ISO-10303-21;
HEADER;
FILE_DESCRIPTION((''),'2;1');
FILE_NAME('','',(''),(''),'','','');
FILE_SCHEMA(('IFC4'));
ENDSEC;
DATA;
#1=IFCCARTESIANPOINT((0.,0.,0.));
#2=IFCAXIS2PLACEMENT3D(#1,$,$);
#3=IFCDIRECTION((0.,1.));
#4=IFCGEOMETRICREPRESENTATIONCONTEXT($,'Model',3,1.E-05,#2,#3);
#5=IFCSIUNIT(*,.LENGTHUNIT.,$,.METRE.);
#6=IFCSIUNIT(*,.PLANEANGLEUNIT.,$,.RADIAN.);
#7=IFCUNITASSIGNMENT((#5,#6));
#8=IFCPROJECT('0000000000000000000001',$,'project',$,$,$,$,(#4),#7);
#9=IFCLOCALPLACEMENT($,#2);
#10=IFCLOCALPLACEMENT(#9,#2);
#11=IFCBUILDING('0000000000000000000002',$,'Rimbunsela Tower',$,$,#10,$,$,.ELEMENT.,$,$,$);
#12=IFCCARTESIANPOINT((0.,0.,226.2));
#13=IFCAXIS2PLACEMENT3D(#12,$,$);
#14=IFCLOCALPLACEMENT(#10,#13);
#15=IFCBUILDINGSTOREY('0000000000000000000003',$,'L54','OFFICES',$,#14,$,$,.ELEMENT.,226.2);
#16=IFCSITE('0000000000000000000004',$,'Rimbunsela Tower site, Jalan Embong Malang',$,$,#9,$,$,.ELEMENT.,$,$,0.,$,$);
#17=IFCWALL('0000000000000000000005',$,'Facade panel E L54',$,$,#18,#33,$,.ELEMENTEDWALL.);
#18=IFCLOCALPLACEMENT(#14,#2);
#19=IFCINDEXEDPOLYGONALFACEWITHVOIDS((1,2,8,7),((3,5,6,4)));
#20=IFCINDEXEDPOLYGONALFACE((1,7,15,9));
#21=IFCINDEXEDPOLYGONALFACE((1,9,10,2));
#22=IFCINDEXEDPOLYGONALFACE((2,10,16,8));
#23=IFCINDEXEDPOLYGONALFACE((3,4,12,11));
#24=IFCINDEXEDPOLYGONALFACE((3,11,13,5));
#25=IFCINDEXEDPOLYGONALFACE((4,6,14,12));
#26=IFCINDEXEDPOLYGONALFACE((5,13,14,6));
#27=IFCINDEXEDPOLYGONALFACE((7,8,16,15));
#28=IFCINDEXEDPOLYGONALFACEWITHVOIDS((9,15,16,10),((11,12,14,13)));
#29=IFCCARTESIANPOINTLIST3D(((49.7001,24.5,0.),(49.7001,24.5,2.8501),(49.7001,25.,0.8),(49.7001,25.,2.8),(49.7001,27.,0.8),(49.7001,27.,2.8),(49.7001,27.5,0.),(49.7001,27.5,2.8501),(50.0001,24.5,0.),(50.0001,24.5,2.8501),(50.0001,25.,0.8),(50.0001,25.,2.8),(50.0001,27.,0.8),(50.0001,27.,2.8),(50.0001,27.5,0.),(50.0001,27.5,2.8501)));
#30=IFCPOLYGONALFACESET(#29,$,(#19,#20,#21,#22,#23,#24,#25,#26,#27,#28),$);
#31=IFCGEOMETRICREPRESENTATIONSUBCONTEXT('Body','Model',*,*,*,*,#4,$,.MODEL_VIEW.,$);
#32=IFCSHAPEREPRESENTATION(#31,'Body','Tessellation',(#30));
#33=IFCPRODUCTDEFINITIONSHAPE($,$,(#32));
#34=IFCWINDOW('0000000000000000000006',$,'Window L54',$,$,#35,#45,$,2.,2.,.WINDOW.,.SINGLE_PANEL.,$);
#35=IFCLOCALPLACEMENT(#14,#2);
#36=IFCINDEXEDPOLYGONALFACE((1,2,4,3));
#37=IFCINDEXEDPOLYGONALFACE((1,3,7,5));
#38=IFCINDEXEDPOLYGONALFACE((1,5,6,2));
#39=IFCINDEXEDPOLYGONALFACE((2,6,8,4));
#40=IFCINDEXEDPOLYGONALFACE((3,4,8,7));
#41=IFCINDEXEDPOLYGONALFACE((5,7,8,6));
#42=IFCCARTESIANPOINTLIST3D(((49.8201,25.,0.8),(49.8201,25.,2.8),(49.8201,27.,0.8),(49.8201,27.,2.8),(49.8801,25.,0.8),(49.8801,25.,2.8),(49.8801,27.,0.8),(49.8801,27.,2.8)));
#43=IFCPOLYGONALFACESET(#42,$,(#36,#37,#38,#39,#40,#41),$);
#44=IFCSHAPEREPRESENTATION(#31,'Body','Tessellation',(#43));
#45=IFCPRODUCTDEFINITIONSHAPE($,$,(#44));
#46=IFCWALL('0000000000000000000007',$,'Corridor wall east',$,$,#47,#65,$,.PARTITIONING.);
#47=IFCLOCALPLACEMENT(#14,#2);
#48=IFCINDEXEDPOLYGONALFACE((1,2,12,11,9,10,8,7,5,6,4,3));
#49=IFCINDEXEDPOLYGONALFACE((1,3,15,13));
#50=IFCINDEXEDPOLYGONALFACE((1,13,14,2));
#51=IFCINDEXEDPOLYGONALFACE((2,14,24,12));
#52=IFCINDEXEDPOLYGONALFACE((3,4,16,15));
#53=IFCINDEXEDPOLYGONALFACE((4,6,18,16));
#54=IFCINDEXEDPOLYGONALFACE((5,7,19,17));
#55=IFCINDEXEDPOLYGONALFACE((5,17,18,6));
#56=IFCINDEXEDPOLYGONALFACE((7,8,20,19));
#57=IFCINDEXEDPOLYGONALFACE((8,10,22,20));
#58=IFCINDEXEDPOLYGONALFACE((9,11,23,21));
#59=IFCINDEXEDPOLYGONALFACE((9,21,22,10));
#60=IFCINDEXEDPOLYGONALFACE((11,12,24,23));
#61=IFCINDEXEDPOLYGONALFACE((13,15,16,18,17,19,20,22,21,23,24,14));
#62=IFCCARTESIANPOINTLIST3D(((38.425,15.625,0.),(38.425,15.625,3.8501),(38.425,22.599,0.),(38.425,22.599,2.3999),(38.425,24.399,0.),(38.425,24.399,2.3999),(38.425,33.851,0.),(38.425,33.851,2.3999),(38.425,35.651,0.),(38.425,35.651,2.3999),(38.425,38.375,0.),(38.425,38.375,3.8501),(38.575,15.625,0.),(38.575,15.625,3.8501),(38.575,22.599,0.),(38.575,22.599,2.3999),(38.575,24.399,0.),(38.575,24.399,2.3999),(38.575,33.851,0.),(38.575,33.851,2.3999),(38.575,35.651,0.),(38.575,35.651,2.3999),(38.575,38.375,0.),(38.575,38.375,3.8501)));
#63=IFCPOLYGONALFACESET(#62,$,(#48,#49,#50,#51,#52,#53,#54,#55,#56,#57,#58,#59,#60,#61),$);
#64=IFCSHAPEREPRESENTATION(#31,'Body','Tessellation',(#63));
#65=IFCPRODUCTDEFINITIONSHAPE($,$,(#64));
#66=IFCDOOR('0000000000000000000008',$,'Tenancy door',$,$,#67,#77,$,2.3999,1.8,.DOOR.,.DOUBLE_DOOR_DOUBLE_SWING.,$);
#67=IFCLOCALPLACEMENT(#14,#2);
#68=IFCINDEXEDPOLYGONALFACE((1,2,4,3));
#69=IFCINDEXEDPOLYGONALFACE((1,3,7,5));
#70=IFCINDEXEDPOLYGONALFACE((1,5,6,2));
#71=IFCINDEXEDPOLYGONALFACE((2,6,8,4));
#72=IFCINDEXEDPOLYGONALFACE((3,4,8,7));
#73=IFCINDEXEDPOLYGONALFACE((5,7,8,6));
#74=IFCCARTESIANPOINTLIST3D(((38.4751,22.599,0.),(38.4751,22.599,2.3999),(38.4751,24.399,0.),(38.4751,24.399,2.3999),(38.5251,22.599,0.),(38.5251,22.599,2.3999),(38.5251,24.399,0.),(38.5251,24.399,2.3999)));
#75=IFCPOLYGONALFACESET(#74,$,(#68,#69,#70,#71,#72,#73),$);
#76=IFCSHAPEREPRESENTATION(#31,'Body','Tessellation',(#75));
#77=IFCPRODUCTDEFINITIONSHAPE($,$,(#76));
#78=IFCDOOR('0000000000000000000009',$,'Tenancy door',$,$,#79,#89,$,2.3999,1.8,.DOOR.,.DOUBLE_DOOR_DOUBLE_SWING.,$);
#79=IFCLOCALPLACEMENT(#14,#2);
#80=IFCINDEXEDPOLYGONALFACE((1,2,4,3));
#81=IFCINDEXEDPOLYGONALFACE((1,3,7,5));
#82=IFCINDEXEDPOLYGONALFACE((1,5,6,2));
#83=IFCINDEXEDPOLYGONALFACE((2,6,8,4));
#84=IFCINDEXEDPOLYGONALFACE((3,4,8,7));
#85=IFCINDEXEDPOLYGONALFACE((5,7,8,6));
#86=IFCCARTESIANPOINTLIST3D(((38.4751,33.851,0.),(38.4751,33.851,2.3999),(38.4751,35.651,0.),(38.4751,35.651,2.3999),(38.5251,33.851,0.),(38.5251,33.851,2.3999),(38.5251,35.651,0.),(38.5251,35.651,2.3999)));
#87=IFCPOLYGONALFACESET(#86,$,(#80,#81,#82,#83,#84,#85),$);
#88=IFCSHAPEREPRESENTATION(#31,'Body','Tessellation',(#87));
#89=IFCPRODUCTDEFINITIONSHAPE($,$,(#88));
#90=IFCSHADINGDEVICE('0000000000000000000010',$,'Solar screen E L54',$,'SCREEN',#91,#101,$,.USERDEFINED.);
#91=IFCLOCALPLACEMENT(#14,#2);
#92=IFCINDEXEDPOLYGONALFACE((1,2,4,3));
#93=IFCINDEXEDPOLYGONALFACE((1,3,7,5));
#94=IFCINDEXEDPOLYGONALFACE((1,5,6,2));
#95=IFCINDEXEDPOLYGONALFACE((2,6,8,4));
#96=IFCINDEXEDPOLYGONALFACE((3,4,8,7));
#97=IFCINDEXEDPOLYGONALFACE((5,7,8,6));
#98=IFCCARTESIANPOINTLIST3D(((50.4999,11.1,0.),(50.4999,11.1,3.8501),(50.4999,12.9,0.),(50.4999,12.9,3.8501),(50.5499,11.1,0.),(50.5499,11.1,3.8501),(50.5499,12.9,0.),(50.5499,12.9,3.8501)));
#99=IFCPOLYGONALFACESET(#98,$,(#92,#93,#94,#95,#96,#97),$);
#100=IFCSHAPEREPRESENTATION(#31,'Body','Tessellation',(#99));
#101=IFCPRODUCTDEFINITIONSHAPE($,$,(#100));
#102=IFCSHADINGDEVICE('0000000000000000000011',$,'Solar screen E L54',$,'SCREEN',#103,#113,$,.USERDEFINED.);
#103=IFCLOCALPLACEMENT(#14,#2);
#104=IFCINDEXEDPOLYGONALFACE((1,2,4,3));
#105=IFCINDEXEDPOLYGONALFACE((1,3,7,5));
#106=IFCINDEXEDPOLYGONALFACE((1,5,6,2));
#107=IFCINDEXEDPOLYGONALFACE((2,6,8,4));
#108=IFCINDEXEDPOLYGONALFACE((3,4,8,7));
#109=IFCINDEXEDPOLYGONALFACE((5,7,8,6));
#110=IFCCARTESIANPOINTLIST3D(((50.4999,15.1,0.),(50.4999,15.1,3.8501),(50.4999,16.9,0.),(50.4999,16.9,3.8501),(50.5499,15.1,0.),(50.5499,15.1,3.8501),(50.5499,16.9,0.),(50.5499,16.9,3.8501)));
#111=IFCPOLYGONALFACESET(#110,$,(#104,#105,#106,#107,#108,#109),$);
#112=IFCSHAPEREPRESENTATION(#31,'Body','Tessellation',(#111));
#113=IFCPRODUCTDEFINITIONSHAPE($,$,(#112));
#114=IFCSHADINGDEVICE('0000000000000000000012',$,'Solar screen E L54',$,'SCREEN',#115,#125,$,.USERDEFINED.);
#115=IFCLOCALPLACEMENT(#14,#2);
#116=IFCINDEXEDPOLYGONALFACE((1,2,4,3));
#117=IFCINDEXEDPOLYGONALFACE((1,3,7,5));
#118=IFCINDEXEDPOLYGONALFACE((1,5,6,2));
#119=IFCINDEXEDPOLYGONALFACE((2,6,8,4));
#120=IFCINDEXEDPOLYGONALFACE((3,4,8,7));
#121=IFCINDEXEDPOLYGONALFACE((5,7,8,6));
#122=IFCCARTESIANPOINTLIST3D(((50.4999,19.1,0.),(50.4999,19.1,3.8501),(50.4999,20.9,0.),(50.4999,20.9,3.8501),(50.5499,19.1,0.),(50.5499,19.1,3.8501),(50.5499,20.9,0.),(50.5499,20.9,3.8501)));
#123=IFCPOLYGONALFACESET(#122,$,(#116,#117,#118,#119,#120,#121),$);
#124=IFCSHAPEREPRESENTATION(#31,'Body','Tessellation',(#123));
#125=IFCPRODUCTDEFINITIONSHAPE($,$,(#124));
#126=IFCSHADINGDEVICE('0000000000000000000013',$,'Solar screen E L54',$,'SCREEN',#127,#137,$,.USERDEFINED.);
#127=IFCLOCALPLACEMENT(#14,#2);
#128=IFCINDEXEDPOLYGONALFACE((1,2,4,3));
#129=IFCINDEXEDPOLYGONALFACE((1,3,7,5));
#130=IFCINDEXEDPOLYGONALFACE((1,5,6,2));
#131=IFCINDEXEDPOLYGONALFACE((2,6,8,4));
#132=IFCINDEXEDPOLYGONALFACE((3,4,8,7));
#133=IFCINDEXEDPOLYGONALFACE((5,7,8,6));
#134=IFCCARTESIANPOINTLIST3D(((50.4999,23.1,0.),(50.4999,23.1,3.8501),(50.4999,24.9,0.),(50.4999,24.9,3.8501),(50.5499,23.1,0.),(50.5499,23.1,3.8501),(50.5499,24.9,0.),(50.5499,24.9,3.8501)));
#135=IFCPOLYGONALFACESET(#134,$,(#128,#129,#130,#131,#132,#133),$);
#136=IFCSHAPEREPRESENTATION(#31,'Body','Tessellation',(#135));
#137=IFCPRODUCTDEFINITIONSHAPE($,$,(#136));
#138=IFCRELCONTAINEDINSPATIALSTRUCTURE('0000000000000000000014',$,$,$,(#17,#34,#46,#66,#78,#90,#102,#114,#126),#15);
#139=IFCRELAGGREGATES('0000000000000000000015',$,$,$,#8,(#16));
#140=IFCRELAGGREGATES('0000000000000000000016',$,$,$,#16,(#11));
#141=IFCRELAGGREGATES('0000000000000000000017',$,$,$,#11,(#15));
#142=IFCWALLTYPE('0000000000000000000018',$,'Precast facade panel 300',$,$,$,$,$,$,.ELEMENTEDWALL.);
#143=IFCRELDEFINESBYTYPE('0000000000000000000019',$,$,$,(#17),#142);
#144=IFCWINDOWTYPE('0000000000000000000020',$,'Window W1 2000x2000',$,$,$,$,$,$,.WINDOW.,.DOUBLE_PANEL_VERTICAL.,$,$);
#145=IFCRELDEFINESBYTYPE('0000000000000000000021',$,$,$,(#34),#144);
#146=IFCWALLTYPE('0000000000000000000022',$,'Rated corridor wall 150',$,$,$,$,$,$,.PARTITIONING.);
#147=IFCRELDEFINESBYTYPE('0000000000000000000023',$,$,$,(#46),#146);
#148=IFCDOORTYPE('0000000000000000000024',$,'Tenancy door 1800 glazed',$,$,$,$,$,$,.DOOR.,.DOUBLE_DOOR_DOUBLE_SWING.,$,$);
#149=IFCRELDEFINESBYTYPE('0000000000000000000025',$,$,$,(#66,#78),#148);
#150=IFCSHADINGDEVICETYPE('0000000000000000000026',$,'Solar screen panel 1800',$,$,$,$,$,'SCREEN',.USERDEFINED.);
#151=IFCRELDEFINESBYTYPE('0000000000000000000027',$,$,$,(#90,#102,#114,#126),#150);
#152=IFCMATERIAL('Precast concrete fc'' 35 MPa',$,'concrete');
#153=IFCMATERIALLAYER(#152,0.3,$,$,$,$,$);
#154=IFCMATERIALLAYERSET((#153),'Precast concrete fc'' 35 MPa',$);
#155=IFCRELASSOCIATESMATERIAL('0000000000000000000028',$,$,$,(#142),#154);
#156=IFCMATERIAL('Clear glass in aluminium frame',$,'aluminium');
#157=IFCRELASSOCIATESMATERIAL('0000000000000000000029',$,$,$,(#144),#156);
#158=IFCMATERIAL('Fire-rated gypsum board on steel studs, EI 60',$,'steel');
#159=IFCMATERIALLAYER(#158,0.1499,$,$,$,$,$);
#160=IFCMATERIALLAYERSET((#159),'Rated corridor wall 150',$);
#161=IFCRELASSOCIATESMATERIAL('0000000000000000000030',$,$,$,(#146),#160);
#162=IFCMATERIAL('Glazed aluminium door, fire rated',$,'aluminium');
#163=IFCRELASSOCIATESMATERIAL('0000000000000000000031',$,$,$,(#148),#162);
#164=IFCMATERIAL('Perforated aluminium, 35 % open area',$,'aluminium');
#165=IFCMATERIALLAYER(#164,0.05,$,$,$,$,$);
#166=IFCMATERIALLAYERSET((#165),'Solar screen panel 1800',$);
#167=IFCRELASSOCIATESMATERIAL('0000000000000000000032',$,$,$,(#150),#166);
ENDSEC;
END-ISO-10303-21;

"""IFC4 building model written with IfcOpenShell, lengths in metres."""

from ifc_helpers import new_model, si_unit, direction, frame, frame_2d, origin, origin_2d, place, context, subcontext, project, spatial, rectangle, extrude, material, layer, layer_set, type_object, element, fill, save


model = new_model("IFC4")

# Units and contexts
model_context = context("Model", 3, precision=1e-05, world=origin(), true_north=direction((0.0, 1.0)))
body_context = subcontext(model_context, "Body", "Model", "MODEL_VIEW")
ifc_project = project(units=[si_unit("LENGTHUNIT", "METRE"), si_unit("PLANEANGLEUNIT", "RADIAN")], contexts=[model_context])

# Site, building, storey
site_placement = place(None, origin())
site = spatial("IfcSite", under=ifc_project, at=site_placement, Name="Rimbunsela Tower site, Jalan Embong Malang", CompositionType="ELEMENT", RefElevation=0.0)
building_placement = place(site_placement, origin())
building = spatial("IfcBuilding", under=site, at=building_placement, Name="Rimbunsela Tower", CompositionType="ELEMENT")
storey_placement = place(building_placement, frame((0.0, 0.0, 226.2)))
storey = spatial("IfcBuildingStorey", under=building, at=storey_placement, Name="L54", Description="OFFICES", CompositionType="ELEMENT", Elevation=226.2)

# Wall, opening, window
ifc_material_1 = material(Name="Precast concrete fc' 35 MPa", Category="concrete")
ifc_layer_1 = layer(ifc_material_1, 0.3)
ifc_layer_set_1 = layer_set([ifc_layer_1], Name="Precast concrete fc' 35 MPa")
wall_type_1 = type_object("IfcWallType", Name="Precast facade panel 300", PredefinedType="ELEMENTEDWALL", material=ifc_layer_set_1)
ifc_material_2 = material(Name="Clear glass in aluminium frame", Category="aluminium")
window_type = type_object("IfcWindowType", Name="Window W1 2000x2000", PartitioningType="DOUBLE_PANEL_VERTICAL", PredefinedType="WINDOW", material=ifc_material_2)
wall_1_placement = place(storey_placement, frame((49.8501, 24.5, 0.0), z_axis=(0.0, 0.0, 1.0), x_axis=(0.0, 1.0, 0.0)))
wall_1 = element("IfcWall", 1, at=wall_1_placement, inside=storey, type_object=wall_type_1, Name="Facade panel E L54", PredefinedType="ELEMENTEDWALL", context=body_context, shape_type="SweptSolid", body=[
    extrude(rectangle(XDim=3.0, YDim=0.3, at=frame_2d((1.5, 0.0))), origin(), (0.0, 0.0, 1.0), 2.8501),
])
opening_1_placement = place(wall_1_placement, frame((0.5, 0.0, 0.8)))
opening_1 = element("IfcOpeningElement", 2, at=opening_1_placement, cuts=wall_1, PredefinedType="OPENING", context=body_context, shape_type="SweptSolid", body=[
    extrude(rectangle(XDim=2.0, YDim=2.0, at=frame_2d((1.0, 1.0))), frame((0.0, 0.1599, 0.0), z_axis=(0.0, -1.0, 0.0), x_axis=(1.0, 0.0, 0.0)), (0.0, 0.0, 1.0), 0.3201),
])
window_1_placement = place(opening_1_placement, origin())
window_1 = element("IfcWindow", 3, at=window_1_placement, inside=storey, type_object=window_type, Name="Window L54", OverallHeight=2.0, OverallWidth=2.0, PartitioningType="SINGLE_PANEL", PredefinedType="WINDOW", context=body_context, shape_type="SweptSolid", body=[
    extrude(rectangle(XDim=2.0, YDim=2.0, at=frame_2d((1.0, 1.0))), frame((0.0, 0.03, 0.0), z_axis=(0.0, -1.0, 0.0), x_axis=(1.0, 0.0, 0.0)), (0.0, 0.0, 1.0), 0.0601),
])
fill(opening_1, window_1)

# Wall, openings, doors
ifc_material_3 = material(Name="Fire-rated gypsum board on steel studs, EI 60", Category="steel")
ifc_layer_2 = layer(ifc_material_3, 0.1499)
ifc_layer_set_2 = layer_set([ifc_layer_2], Name="Rated corridor wall 150")
wall_type_2 = type_object("IfcWallType", Name="Rated corridor wall 150", PredefinedType="PARTITIONING", material=ifc_layer_set_2)
wall_2_placement = place(storey_placement, frame((38.5, 15.625, 0.0), z_axis=(0.0, 0.0, 1.0), x_axis=(0.0, 1.0, 0.0)))
wall_2 = element("IfcWall", 4, at=wall_2_placement, inside=storey, type_object=wall_type_2, Name="Corridor wall east", PredefinedType="PARTITIONING", context=body_context, shape_type="SweptSolid", body=[
    extrude(rectangle(XDim=22.75, YDim=0.1499, at=frame_2d((11.375, 0.0))), origin(), (0.0, 0.0, 1.0), 3.8501),
])
opening_2_placement = place(wall_2_placement, frame((6.9741, 0.0, 0.0)))
opening_2 = element("IfcOpeningElement", 5, at=opening_2_placement, cuts=wall_2, PredefinedType="OPENING", context=body_context, shape_type="SweptSolid", body=[
    extrude(rectangle(XDim=1.8, YDim=2.3999, at=frame_2d((0.8999, 1.2))), frame((0.0, 0.085, 0.0), z_axis=(0.0, -1.0, 0.0), x_axis=(1.0, 0.0, 0.0)), (0.0, 0.0, 1.0), 0.1699),
])
opening_3_placement = place(wall_2_placement, frame((18.2261, 0.0, 0.0)))
opening_3 = element("IfcOpeningElement", 6, at=opening_3_placement, cuts=wall_2, PredefinedType="OPENING", context=body_context, shape_type="SweptSolid", body=[
    extrude(rectangle(XDim=1.8, YDim=2.3999, at=frame_2d((0.8999, 1.2))), frame((0.0, 0.085, 0.0), z_axis=(0.0, -1.0, 0.0), x_axis=(1.0, 0.0, 0.0)), (0.0, 0.0, 1.0), 0.1699),
])
ifc_material_4 = material(Name="Glazed aluminium door, fire rated", Category="aluminium")
door_type_1 = type_object("IfcDoorType", Name="Tenancy door 1800 glazed", OperationType="DOUBLE_DOOR_DOUBLE_SWING", PredefinedType="DOOR", material=ifc_material_4)
door_1_placement = place(opening_2_placement, origin())
door_1 = element("IfcDoor", 7, at=door_1_placement, inside=storey, type_object=door_type_1, Name="Tenancy door", OperationType="DOUBLE_DOOR_DOUBLE_SWING", OverallHeight=2.3999, OverallWidth=1.8, PredefinedType="DOOR", context=body_context, shape_type="SweptSolid", body=[
    extrude(rectangle(XDim=1.8, YDim=2.3999, at=frame_2d((0.8999, 1.2))), frame((0.0, 0.0249, 0.0), z_axis=(0.0, -1.0, 0.0), x_axis=(1.0, 0.0, 0.0)), (0.0, 0.0, 1.0), 0.05),
])
fill(opening_2, door_1)
door_2_placement = place(opening_3_placement, origin())
door_2 = element("IfcDoor", 8, at=door_2_placement, inside=storey, type_object=door_type_1, Name="Tenancy door", OperationType="DOUBLE_DOOR_DOUBLE_SWING", OverallHeight=2.3999, OverallWidth=1.8, PredefinedType="DOOR", context=body_context, shape_type="SweptSolid", body=[
    extrude(rectangle(XDim=1.8, YDim=2.3999, at=frame_2d((0.8999, 1.2))), frame((0.0, 0.0249, 0.0), z_axis=(0.0, -1.0, 0.0), x_axis=(1.0, 0.0, 0.0)), (0.0, 0.0, 1.0), 0.05),
])
fill(opening_3, door_2)

# Shading devices
ifc_material_5 = material(Name="Perforated aluminium, 35 % open area", Category="aluminium")
ifc_layer_3 = layer(ifc_material_5, 0.05)
ifc_layer_set_3 = layer_set([ifc_layer_3], Name="Solar screen panel 1800")
shading_device_type = type_object("IfcShadingDeviceType", Name="Solar screen panel 1800", ElementType="SCREEN", PredefinedType="USERDEFINED", material=ifc_layer_set_3)
for number, where, z_axis, x_axis, name in (
    (9, (50.5249, 12.0, 0.0), (0.0, 0.0, 1.0), (0.0, 1.0, 0.0), "Solar screen E L54"),
    (10, (50.5249, 16.0, 0.0), (0.0, 0.0, 1.0), (0.0, 1.0, 0.0), "Solar screen E L54"),
    (11, (50.5249, 20.0, 0.0), (0.0, 0.0, 1.0), (0.0, 1.0, 0.0), "Solar screen E L54"),
    (12, (50.5249, 24.0, 0.0), (0.0, 0.0, 1.0), (0.0, 1.0, 0.0), "Solar screen E L54"),
):
    element("IfcShadingDevice", number, at=place(storey_placement, frame(where, z_axis=z_axis, x_axis=x_axis)), inside=storey, type_object=shading_device_type, Name=name, ObjectType="SCREEN", PredefinedType="USERDEFINED", context=body_context, shape_type="SweptSolid", body=[
        extrude(rectangle(XDim=1.8, YDim=0.05, at=origin_2d()), origin(), (0.0, 0.0, 1.0), 3.8501),
    ])

save(model, "model.ifc")
